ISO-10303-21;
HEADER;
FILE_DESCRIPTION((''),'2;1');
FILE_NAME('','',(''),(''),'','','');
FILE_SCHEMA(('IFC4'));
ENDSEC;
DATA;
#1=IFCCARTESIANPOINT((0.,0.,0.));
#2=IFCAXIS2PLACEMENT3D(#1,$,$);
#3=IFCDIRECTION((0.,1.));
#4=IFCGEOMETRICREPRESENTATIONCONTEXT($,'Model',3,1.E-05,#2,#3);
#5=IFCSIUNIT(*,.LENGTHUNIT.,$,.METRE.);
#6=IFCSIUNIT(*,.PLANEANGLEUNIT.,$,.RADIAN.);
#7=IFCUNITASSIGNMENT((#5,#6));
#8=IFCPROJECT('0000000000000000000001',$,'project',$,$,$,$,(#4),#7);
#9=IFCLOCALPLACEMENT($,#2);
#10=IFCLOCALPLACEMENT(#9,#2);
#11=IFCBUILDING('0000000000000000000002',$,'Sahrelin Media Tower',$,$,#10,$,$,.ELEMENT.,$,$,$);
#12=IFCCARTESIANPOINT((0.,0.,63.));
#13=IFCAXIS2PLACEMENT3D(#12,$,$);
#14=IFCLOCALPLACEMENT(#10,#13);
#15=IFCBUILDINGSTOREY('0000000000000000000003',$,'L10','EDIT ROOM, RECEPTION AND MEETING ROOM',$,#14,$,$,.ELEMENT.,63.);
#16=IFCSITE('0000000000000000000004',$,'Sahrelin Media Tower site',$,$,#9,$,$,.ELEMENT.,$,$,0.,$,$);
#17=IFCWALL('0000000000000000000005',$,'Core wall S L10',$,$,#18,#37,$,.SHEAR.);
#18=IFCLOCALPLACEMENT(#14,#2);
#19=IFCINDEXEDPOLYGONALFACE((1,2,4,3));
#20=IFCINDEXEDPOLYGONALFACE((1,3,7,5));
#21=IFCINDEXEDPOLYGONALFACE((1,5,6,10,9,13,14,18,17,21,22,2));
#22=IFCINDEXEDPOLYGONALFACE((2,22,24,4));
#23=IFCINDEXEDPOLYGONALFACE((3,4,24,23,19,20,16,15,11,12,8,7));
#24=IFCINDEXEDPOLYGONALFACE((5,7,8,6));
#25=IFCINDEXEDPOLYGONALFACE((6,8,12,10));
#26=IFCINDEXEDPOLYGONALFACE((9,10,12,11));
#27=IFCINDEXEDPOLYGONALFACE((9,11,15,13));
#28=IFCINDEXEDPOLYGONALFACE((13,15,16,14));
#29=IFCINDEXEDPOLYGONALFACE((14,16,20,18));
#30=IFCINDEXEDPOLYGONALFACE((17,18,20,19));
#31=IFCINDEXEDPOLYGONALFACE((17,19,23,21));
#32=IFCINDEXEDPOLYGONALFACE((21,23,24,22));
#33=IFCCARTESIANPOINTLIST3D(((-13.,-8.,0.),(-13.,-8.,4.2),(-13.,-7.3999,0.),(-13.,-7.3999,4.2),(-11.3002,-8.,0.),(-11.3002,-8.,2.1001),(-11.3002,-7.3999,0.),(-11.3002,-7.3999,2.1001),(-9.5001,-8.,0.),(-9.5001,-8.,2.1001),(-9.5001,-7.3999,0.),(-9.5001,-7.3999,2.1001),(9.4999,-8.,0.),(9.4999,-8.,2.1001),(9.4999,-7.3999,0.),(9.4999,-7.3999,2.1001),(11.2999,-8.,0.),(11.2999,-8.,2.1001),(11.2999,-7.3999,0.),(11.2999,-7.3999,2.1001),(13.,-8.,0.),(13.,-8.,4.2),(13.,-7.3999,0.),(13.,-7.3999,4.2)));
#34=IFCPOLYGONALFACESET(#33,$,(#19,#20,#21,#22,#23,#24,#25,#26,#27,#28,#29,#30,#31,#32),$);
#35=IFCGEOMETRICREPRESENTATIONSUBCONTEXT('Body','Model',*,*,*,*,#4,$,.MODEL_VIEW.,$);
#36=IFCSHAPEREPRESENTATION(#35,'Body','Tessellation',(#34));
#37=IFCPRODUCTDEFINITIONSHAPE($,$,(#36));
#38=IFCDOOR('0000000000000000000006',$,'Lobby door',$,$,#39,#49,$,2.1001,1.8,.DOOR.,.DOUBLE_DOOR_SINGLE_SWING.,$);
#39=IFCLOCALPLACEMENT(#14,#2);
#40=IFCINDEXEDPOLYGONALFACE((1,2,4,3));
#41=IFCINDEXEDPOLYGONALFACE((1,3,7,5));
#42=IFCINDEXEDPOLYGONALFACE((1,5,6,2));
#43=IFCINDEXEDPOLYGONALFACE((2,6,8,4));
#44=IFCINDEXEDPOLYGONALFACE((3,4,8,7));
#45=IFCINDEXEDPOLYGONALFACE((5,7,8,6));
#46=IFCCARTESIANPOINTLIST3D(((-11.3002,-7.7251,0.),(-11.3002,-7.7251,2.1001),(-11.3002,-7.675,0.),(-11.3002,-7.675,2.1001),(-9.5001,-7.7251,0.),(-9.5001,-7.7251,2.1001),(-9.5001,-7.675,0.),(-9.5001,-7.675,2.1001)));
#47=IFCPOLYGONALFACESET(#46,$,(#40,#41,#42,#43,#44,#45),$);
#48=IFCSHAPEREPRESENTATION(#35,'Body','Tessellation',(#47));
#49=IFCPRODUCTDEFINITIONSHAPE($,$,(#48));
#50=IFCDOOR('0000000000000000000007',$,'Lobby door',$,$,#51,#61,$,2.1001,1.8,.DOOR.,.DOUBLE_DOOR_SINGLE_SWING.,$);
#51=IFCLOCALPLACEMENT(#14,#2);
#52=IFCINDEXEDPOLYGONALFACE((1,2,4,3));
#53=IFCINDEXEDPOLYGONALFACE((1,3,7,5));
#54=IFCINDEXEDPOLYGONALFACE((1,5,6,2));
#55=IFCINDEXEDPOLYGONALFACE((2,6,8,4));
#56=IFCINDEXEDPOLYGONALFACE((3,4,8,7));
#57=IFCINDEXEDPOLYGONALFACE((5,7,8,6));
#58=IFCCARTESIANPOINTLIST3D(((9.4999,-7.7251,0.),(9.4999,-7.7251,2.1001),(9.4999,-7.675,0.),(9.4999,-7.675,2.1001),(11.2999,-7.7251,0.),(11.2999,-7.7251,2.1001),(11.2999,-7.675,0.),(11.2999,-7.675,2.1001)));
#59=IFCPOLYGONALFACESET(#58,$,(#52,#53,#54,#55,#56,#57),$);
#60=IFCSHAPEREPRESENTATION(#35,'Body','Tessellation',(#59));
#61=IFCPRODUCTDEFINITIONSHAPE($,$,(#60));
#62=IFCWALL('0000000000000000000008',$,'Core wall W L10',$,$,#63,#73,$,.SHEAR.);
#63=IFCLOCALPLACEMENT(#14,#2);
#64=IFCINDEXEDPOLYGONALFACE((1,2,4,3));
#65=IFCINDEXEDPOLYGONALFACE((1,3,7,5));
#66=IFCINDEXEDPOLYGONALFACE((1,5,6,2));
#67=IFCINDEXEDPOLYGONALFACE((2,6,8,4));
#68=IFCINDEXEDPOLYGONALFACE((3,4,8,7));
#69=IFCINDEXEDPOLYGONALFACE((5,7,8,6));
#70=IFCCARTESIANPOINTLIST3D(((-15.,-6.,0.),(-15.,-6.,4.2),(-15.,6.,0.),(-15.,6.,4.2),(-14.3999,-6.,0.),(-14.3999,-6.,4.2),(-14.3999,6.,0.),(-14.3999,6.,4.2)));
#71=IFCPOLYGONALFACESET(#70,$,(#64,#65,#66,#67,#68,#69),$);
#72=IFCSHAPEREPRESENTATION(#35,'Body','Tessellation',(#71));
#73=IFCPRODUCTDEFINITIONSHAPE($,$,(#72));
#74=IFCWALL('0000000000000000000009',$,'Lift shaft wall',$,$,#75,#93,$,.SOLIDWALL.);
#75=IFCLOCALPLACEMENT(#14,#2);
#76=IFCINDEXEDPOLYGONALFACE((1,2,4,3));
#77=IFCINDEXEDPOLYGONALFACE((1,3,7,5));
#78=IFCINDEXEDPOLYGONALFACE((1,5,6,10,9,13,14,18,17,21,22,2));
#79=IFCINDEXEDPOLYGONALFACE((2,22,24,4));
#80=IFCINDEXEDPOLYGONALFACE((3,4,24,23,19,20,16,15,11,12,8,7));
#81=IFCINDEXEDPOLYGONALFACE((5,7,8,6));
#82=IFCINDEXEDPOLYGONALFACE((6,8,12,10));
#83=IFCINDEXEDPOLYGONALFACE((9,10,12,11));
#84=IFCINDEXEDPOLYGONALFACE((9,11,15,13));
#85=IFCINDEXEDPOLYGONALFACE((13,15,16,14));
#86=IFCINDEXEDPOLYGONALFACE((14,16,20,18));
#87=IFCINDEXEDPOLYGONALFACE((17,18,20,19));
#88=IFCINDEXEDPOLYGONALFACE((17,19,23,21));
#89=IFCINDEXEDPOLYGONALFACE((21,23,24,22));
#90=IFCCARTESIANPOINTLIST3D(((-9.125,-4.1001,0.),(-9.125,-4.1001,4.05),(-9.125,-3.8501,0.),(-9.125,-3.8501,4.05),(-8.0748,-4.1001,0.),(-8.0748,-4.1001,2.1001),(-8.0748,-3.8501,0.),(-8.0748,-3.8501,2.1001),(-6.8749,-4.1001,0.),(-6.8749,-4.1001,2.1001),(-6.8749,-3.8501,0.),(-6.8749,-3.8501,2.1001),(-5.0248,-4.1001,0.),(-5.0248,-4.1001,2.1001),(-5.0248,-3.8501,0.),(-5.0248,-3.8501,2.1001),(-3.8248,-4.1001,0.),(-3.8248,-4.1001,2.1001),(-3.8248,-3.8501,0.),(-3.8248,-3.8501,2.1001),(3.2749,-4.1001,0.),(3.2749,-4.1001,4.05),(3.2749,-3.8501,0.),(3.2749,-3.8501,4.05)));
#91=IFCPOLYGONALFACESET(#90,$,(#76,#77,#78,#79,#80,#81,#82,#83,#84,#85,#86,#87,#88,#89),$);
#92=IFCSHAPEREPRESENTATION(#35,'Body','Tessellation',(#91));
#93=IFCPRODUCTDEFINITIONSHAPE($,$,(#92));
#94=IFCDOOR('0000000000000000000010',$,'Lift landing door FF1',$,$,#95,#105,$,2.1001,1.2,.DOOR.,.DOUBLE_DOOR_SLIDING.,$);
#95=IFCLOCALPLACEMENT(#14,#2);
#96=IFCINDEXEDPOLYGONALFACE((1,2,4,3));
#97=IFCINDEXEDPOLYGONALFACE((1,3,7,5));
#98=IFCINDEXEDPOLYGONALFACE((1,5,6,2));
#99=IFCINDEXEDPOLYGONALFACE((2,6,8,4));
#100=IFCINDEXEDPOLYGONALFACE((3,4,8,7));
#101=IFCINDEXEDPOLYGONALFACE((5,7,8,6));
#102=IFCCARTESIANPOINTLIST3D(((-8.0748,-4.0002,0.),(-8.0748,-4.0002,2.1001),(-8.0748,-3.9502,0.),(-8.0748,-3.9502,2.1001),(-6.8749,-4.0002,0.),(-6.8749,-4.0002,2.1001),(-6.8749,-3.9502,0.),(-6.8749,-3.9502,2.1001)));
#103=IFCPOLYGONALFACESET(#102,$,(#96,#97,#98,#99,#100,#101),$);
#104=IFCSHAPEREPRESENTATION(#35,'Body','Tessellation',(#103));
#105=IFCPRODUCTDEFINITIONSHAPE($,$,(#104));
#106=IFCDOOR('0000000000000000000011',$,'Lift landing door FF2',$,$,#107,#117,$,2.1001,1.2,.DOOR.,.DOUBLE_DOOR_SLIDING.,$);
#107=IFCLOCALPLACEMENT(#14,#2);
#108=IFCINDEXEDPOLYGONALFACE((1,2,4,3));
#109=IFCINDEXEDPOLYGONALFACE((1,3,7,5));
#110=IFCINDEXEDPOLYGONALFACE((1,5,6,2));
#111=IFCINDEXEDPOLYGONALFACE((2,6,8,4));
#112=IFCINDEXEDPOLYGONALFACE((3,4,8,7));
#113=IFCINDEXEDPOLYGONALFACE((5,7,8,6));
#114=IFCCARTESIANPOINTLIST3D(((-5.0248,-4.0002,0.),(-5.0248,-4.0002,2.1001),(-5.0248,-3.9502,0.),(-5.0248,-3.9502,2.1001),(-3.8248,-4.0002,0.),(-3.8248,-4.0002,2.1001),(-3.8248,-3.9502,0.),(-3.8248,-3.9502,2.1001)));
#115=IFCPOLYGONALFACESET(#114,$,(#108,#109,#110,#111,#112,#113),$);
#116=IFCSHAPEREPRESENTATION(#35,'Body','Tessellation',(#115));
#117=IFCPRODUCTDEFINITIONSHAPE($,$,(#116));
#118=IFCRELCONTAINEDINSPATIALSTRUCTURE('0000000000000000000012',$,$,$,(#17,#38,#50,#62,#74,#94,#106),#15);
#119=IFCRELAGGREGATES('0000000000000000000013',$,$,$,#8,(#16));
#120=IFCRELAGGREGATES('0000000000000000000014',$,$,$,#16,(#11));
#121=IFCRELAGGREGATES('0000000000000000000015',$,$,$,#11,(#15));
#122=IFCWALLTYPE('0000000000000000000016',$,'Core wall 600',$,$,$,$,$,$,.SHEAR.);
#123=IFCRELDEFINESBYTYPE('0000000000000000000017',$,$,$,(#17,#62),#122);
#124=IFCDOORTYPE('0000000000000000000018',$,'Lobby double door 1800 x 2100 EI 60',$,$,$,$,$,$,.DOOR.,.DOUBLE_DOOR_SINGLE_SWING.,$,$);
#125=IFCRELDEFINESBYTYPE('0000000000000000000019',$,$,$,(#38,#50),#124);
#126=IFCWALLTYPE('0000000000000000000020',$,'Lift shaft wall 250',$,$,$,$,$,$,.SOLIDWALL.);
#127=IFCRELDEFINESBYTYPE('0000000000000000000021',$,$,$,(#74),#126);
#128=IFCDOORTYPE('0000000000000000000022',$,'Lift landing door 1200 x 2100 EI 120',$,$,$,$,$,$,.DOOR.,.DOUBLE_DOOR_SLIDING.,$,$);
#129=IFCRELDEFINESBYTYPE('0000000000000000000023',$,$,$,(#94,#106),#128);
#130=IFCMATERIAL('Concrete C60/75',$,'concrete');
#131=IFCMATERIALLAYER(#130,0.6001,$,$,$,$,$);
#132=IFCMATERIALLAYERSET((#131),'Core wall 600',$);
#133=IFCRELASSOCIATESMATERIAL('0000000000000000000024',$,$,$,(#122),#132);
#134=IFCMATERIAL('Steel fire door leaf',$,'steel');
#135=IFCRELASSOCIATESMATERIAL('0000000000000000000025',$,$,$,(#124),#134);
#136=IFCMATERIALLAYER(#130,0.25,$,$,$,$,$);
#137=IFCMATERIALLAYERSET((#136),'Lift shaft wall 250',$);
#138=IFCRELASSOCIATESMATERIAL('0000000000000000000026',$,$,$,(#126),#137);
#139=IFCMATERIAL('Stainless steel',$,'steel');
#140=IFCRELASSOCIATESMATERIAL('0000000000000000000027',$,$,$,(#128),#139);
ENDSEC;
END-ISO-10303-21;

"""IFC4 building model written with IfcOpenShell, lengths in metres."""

from ifc_helpers import new_model, si_unit, direction, frame, frame_2d, origin, place, context, subcontext, project, spatial, rectangle, extrude, material, layer, layer_set, type_object, element, fill, save


model = new_model("IFC4")

# Units and contexts
model_context = context("Model", 3, precision=1e-05, world=origin(), true_north=direction((0.0, 1.0)))
body_context = subcontext(model_context, "Body", "Model", "MODEL_VIEW")
ifc_project = project(units=[si_unit("LENGTHUNIT", "METRE"), si_unit("PLANEANGLEUNIT", "RADIAN")], contexts=[model_context])

# Site, building, storey
site_placement = place(None, origin())
site = spatial("IfcSite", under=ifc_project, at=site_placement, Name="Sahrelin Media Tower site", CompositionType="ELEMENT", RefElevation=0.0)
building_placement = place(site_placement, origin())
building = spatial("IfcBuilding", under=site, at=building_placement, Name="Sahrelin Media Tower", CompositionType="ELEMENT")
storey_placement = place(building_placement, frame((0.0, 0.0, 63.0)))
storey = spatial("IfcBuildingStorey", under=building, at=storey_placement, Name="L10", Description="EDIT ROOM, RECEPTION AND MEETING ROOM", CompositionType="ELEMENT", Elevation=63.0)

# Wall, openings, doors
ifc_material_1 = material(Name="Concrete C60/75", Category="concrete")
ifc_layer_1 = layer(ifc_material_1, 0.6001)
ifc_layer_set_1 = layer_set([ifc_layer_1], Name="Core wall 600")
wall_type_1 = type_object("IfcWallType", Name="Core wall 600", PredefinedType="SHEAR", material=ifc_layer_set_1)
wall_1_placement = place(storey_placement, frame((-13.0, -7.7, 0.0), z_axis=(0.0, 0.0, 1.0), x_axis=(1.0, 0.0, 0.0)))
wall_1 = element("IfcWall", 1, at=wall_1_placement, inside=storey, type_object=wall_type_1, Name="Core wall S L10", PredefinedType="SHEAR", context=body_context, shape_type="SweptSolid", body=[
    extrude(rectangle(XDim=26.0, YDim=0.6001, at=frame_2d((13.0, 0.0))), origin(), (0.0, 0.0, 1.0), 4.2),
])
opening_1_placement = place(wall_1_placement, frame((1.7, 0.0, 0.0)))
opening_1 = element("IfcOpeningElement", 2, at=opening_1_placement, cuts=wall_1, PredefinedType="OPENING", context=body_context, shape_type="SweptSolid", body=[
    extrude(rectangle(XDim=1.8, YDim=2.1001, at=frame_2d((0.8999, 1.05))), frame((0.0, 0.3, 0.0), z_axis=(0.0, -1.0, 0.0), x_axis=(1.0, 0.0, 0.0)), (0.0, 0.0, 1.0), 0.6001),
])
opening_2_placement = place(wall_1_placement, frame((22.5, 0.0, 0.0)))
opening_2 = element("IfcOpeningElement", 3, at=opening_2_placement, cuts=wall_1, PredefinedType="OPENING", context=body_context, shape_type="SweptSolid", body=[
    extrude(rectangle(XDim=1.8, YDim=2.1001, at=frame_2d((0.8999, 1.05))), frame((0.0, 0.3, 0.0), z_axis=(0.0, -1.0, 0.0), x_axis=(1.0, 0.0, 0.0)), (0.0, 0.0, 1.0), 0.6001),
])
ifc_material_2 = material(Name="Steel fire door leaf", Category="steel")
door_type_1 = type_object("IfcDoorType", Name="Lobby double door 1800 x 2100 EI 60", OperationType="DOUBLE_DOOR_SINGLE_SWING", PredefinedType="DOOR", material=ifc_material_2)
door_1_placement = place(opening_1_placement, origin())
door_1 = element("IfcDoor", 4, at=door_1_placement, inside=storey, type_object=door_type_1, Name="Lobby door", OperationType="DOUBLE_DOOR_SINGLE_SWING", OverallHeight=2.1001, OverallWidth=1.8, PredefinedType="DOOR", context=body_context, shape_type="SweptSolid", body=[
    extrude(rectangle(XDim=1.8, YDim=2.1001, at=frame_2d((0.8999, 1.05))), frame((0.0, 0.0249, 0.0), z_axis=(0.0, -1.0, 0.0), x_axis=(1.0, 0.0, 0.0)), (0.0, 0.0, 1.0), 0.05),
])
fill(opening_1, door_1)
door_2_placement = place(opening_2_placement, origin())
door_2 = element("IfcDoor", 5, at=door_2_placement, inside=storey, type_object=door_type_1, Name="Lobby door", OperationType="DOUBLE_DOOR_SINGLE_SWING", OverallHeight=2.1001, OverallWidth=1.8, PredefinedType="DOOR", context=body_context, shape_type="SweptSolid", body=[
    extrude(rectangle(XDim=1.8, YDim=2.1001, at=frame_2d((0.8999, 1.05))), frame((0.0, 0.0249, 0.0), z_axis=(0.0, -1.0, 0.0), x_axis=(1.0, 0.0, 0.0)), (0.0, 0.0, 1.0), 0.05),
])
fill(opening_2, door_2)

# Wall
wall_2_placement = place(storey_placement, frame((-14.7, -6.0, 0.0), z_axis=(0.0, 0.0, 1.0), x_axis=(0.0, 1.0, 0.0)))
element("IfcWall", 6, at=wall_2_placement, inside=storey, type_object=wall_type_1, Name="Core wall W L10", PredefinedType="SHEAR", context=body_context, shape_type="SweptSolid", body=[
    extrude(rectangle(XDim=12.0, YDim=0.6001, at=frame_2d((6.0, 0.0))), origin(), (0.0, 0.0, 1.0), 4.2),
])

# Wall, openings, doors
ifc_layer_2 = layer(ifc_material_1, 0.25)
ifc_layer_set_2 = layer_set([ifc_layer_2], Name="Lift shaft wall 250")
wall_type_2 = type_object("IfcWallType", Name="Lift shaft wall 250", PredefinedType="SOLIDWALL", material=ifc_layer_set_2)
wall_3_placement = place(storey_placement, frame((-9.125, -3.9751, 0.0), z_axis=(0.0, 0.0, 1.0), x_axis=(1.0, 0.0, 0.0)))
wall_3 = element("IfcWall", 7, at=wall_3_placement, inside=storey, type_object=wall_type_2, Name="Lift shaft wall", PredefinedType="SOLIDWALL", context=body_context, shape_type="SweptSolid", body=[
    extrude(rectangle(XDim=12.3999, YDim=0.25, at=frame_2d((6.2, 0.0))), origin(), (0.0, 0.0, 1.0), 4.05),
])
opening_3_placement = place(wall_3_placement, frame((1.05, 0.0, 0.0)))
opening_3 = element("IfcOpeningElement", 8, at=opening_3_placement, cuts=wall_3, PredefinedType="OPENING", context=body_context, shape_type="SweptSolid", body=[
    extrude(rectangle(XDim=1.2, YDim=2.1001, at=frame_2d((0.6001, 1.05))), frame((0.0, 0.125, 0.0), z_axis=(0.0, -1.0, 0.0), x_axis=(1.0, 0.0, 0.0)), (0.0, 0.0, 1.0), 0.25),
])
opening_4_placement = place(wall_3_placement, frame((4.1001, 0.0, 0.0)))
opening_4 = element("IfcOpeningElement", 9, at=opening_4_placement, cuts=wall_3, PredefinedType="OPENING", context=body_context, shape_type="SweptSolid", body=[
    extrude(rectangle(XDim=1.2, YDim=2.1001, at=frame_2d((0.6001, 1.05))), frame((0.0, 0.125, 0.0), z_axis=(0.0, -1.0, 0.0), x_axis=(1.0, 0.0, 0.0)), (0.0, 0.0, 1.0), 0.25),
])
ifc_material_3 = material(Name="Stainless steel", Category="steel")
door_type_2 = type_object("IfcDoorType", Name="Lift landing door 1200 x 2100 EI 120", OperationType="DOUBLE_DOOR_SLIDING", PredefinedType="DOOR", material=ifc_material_3)
door_3_placement = place(opening_3_placement, origin())
door_3 = element("IfcDoor", 10, at=door_3_placement, inside=storey, type_object=door_type_2, Name="Lift landing door FF1", OperationType="DOUBLE_DOOR_SLIDING", OverallHeight=2.1001, OverallWidth=1.2, PredefinedType="DOOR", context=body_context, shape_type="SweptSolid", body=[
    extrude(rectangle(XDim=1.2, YDim=2.1001, at=frame_2d((0.6001, 1.05))), frame((0.0, 0.0249, 0.0), z_axis=(0.0, -1.0, 0.0), x_axis=(1.0, 0.0, 0.0)), (0.0, 0.0, 1.0), 0.05),
])
fill(opening_3, door_3)
door_4_placement = place(opening_4_placement, origin())
door_4 = element("IfcDoor", 11, at=door_4_placement, inside=storey, type_object=door_type_2, Name="Lift landing door FF2", OperationType="DOUBLE_DOOR_SLIDING", OverallHeight=2.1001, OverallWidth=1.2, PredefinedType="DOOR", context=body_context, shape_type="SweptSolid", body=[
    extrude(rectangle(XDim=1.2, YDim=2.1001, at=frame_2d((0.6001, 1.05))), frame((0.0, 0.0249, 0.0), z_axis=(0.0, -1.0, 0.0), x_axis=(1.0, 0.0, 0.0)), (0.0, 0.0, 1.0), 0.05),
])
fill(opening_4, door_4)

save(model, "model.ifc")
